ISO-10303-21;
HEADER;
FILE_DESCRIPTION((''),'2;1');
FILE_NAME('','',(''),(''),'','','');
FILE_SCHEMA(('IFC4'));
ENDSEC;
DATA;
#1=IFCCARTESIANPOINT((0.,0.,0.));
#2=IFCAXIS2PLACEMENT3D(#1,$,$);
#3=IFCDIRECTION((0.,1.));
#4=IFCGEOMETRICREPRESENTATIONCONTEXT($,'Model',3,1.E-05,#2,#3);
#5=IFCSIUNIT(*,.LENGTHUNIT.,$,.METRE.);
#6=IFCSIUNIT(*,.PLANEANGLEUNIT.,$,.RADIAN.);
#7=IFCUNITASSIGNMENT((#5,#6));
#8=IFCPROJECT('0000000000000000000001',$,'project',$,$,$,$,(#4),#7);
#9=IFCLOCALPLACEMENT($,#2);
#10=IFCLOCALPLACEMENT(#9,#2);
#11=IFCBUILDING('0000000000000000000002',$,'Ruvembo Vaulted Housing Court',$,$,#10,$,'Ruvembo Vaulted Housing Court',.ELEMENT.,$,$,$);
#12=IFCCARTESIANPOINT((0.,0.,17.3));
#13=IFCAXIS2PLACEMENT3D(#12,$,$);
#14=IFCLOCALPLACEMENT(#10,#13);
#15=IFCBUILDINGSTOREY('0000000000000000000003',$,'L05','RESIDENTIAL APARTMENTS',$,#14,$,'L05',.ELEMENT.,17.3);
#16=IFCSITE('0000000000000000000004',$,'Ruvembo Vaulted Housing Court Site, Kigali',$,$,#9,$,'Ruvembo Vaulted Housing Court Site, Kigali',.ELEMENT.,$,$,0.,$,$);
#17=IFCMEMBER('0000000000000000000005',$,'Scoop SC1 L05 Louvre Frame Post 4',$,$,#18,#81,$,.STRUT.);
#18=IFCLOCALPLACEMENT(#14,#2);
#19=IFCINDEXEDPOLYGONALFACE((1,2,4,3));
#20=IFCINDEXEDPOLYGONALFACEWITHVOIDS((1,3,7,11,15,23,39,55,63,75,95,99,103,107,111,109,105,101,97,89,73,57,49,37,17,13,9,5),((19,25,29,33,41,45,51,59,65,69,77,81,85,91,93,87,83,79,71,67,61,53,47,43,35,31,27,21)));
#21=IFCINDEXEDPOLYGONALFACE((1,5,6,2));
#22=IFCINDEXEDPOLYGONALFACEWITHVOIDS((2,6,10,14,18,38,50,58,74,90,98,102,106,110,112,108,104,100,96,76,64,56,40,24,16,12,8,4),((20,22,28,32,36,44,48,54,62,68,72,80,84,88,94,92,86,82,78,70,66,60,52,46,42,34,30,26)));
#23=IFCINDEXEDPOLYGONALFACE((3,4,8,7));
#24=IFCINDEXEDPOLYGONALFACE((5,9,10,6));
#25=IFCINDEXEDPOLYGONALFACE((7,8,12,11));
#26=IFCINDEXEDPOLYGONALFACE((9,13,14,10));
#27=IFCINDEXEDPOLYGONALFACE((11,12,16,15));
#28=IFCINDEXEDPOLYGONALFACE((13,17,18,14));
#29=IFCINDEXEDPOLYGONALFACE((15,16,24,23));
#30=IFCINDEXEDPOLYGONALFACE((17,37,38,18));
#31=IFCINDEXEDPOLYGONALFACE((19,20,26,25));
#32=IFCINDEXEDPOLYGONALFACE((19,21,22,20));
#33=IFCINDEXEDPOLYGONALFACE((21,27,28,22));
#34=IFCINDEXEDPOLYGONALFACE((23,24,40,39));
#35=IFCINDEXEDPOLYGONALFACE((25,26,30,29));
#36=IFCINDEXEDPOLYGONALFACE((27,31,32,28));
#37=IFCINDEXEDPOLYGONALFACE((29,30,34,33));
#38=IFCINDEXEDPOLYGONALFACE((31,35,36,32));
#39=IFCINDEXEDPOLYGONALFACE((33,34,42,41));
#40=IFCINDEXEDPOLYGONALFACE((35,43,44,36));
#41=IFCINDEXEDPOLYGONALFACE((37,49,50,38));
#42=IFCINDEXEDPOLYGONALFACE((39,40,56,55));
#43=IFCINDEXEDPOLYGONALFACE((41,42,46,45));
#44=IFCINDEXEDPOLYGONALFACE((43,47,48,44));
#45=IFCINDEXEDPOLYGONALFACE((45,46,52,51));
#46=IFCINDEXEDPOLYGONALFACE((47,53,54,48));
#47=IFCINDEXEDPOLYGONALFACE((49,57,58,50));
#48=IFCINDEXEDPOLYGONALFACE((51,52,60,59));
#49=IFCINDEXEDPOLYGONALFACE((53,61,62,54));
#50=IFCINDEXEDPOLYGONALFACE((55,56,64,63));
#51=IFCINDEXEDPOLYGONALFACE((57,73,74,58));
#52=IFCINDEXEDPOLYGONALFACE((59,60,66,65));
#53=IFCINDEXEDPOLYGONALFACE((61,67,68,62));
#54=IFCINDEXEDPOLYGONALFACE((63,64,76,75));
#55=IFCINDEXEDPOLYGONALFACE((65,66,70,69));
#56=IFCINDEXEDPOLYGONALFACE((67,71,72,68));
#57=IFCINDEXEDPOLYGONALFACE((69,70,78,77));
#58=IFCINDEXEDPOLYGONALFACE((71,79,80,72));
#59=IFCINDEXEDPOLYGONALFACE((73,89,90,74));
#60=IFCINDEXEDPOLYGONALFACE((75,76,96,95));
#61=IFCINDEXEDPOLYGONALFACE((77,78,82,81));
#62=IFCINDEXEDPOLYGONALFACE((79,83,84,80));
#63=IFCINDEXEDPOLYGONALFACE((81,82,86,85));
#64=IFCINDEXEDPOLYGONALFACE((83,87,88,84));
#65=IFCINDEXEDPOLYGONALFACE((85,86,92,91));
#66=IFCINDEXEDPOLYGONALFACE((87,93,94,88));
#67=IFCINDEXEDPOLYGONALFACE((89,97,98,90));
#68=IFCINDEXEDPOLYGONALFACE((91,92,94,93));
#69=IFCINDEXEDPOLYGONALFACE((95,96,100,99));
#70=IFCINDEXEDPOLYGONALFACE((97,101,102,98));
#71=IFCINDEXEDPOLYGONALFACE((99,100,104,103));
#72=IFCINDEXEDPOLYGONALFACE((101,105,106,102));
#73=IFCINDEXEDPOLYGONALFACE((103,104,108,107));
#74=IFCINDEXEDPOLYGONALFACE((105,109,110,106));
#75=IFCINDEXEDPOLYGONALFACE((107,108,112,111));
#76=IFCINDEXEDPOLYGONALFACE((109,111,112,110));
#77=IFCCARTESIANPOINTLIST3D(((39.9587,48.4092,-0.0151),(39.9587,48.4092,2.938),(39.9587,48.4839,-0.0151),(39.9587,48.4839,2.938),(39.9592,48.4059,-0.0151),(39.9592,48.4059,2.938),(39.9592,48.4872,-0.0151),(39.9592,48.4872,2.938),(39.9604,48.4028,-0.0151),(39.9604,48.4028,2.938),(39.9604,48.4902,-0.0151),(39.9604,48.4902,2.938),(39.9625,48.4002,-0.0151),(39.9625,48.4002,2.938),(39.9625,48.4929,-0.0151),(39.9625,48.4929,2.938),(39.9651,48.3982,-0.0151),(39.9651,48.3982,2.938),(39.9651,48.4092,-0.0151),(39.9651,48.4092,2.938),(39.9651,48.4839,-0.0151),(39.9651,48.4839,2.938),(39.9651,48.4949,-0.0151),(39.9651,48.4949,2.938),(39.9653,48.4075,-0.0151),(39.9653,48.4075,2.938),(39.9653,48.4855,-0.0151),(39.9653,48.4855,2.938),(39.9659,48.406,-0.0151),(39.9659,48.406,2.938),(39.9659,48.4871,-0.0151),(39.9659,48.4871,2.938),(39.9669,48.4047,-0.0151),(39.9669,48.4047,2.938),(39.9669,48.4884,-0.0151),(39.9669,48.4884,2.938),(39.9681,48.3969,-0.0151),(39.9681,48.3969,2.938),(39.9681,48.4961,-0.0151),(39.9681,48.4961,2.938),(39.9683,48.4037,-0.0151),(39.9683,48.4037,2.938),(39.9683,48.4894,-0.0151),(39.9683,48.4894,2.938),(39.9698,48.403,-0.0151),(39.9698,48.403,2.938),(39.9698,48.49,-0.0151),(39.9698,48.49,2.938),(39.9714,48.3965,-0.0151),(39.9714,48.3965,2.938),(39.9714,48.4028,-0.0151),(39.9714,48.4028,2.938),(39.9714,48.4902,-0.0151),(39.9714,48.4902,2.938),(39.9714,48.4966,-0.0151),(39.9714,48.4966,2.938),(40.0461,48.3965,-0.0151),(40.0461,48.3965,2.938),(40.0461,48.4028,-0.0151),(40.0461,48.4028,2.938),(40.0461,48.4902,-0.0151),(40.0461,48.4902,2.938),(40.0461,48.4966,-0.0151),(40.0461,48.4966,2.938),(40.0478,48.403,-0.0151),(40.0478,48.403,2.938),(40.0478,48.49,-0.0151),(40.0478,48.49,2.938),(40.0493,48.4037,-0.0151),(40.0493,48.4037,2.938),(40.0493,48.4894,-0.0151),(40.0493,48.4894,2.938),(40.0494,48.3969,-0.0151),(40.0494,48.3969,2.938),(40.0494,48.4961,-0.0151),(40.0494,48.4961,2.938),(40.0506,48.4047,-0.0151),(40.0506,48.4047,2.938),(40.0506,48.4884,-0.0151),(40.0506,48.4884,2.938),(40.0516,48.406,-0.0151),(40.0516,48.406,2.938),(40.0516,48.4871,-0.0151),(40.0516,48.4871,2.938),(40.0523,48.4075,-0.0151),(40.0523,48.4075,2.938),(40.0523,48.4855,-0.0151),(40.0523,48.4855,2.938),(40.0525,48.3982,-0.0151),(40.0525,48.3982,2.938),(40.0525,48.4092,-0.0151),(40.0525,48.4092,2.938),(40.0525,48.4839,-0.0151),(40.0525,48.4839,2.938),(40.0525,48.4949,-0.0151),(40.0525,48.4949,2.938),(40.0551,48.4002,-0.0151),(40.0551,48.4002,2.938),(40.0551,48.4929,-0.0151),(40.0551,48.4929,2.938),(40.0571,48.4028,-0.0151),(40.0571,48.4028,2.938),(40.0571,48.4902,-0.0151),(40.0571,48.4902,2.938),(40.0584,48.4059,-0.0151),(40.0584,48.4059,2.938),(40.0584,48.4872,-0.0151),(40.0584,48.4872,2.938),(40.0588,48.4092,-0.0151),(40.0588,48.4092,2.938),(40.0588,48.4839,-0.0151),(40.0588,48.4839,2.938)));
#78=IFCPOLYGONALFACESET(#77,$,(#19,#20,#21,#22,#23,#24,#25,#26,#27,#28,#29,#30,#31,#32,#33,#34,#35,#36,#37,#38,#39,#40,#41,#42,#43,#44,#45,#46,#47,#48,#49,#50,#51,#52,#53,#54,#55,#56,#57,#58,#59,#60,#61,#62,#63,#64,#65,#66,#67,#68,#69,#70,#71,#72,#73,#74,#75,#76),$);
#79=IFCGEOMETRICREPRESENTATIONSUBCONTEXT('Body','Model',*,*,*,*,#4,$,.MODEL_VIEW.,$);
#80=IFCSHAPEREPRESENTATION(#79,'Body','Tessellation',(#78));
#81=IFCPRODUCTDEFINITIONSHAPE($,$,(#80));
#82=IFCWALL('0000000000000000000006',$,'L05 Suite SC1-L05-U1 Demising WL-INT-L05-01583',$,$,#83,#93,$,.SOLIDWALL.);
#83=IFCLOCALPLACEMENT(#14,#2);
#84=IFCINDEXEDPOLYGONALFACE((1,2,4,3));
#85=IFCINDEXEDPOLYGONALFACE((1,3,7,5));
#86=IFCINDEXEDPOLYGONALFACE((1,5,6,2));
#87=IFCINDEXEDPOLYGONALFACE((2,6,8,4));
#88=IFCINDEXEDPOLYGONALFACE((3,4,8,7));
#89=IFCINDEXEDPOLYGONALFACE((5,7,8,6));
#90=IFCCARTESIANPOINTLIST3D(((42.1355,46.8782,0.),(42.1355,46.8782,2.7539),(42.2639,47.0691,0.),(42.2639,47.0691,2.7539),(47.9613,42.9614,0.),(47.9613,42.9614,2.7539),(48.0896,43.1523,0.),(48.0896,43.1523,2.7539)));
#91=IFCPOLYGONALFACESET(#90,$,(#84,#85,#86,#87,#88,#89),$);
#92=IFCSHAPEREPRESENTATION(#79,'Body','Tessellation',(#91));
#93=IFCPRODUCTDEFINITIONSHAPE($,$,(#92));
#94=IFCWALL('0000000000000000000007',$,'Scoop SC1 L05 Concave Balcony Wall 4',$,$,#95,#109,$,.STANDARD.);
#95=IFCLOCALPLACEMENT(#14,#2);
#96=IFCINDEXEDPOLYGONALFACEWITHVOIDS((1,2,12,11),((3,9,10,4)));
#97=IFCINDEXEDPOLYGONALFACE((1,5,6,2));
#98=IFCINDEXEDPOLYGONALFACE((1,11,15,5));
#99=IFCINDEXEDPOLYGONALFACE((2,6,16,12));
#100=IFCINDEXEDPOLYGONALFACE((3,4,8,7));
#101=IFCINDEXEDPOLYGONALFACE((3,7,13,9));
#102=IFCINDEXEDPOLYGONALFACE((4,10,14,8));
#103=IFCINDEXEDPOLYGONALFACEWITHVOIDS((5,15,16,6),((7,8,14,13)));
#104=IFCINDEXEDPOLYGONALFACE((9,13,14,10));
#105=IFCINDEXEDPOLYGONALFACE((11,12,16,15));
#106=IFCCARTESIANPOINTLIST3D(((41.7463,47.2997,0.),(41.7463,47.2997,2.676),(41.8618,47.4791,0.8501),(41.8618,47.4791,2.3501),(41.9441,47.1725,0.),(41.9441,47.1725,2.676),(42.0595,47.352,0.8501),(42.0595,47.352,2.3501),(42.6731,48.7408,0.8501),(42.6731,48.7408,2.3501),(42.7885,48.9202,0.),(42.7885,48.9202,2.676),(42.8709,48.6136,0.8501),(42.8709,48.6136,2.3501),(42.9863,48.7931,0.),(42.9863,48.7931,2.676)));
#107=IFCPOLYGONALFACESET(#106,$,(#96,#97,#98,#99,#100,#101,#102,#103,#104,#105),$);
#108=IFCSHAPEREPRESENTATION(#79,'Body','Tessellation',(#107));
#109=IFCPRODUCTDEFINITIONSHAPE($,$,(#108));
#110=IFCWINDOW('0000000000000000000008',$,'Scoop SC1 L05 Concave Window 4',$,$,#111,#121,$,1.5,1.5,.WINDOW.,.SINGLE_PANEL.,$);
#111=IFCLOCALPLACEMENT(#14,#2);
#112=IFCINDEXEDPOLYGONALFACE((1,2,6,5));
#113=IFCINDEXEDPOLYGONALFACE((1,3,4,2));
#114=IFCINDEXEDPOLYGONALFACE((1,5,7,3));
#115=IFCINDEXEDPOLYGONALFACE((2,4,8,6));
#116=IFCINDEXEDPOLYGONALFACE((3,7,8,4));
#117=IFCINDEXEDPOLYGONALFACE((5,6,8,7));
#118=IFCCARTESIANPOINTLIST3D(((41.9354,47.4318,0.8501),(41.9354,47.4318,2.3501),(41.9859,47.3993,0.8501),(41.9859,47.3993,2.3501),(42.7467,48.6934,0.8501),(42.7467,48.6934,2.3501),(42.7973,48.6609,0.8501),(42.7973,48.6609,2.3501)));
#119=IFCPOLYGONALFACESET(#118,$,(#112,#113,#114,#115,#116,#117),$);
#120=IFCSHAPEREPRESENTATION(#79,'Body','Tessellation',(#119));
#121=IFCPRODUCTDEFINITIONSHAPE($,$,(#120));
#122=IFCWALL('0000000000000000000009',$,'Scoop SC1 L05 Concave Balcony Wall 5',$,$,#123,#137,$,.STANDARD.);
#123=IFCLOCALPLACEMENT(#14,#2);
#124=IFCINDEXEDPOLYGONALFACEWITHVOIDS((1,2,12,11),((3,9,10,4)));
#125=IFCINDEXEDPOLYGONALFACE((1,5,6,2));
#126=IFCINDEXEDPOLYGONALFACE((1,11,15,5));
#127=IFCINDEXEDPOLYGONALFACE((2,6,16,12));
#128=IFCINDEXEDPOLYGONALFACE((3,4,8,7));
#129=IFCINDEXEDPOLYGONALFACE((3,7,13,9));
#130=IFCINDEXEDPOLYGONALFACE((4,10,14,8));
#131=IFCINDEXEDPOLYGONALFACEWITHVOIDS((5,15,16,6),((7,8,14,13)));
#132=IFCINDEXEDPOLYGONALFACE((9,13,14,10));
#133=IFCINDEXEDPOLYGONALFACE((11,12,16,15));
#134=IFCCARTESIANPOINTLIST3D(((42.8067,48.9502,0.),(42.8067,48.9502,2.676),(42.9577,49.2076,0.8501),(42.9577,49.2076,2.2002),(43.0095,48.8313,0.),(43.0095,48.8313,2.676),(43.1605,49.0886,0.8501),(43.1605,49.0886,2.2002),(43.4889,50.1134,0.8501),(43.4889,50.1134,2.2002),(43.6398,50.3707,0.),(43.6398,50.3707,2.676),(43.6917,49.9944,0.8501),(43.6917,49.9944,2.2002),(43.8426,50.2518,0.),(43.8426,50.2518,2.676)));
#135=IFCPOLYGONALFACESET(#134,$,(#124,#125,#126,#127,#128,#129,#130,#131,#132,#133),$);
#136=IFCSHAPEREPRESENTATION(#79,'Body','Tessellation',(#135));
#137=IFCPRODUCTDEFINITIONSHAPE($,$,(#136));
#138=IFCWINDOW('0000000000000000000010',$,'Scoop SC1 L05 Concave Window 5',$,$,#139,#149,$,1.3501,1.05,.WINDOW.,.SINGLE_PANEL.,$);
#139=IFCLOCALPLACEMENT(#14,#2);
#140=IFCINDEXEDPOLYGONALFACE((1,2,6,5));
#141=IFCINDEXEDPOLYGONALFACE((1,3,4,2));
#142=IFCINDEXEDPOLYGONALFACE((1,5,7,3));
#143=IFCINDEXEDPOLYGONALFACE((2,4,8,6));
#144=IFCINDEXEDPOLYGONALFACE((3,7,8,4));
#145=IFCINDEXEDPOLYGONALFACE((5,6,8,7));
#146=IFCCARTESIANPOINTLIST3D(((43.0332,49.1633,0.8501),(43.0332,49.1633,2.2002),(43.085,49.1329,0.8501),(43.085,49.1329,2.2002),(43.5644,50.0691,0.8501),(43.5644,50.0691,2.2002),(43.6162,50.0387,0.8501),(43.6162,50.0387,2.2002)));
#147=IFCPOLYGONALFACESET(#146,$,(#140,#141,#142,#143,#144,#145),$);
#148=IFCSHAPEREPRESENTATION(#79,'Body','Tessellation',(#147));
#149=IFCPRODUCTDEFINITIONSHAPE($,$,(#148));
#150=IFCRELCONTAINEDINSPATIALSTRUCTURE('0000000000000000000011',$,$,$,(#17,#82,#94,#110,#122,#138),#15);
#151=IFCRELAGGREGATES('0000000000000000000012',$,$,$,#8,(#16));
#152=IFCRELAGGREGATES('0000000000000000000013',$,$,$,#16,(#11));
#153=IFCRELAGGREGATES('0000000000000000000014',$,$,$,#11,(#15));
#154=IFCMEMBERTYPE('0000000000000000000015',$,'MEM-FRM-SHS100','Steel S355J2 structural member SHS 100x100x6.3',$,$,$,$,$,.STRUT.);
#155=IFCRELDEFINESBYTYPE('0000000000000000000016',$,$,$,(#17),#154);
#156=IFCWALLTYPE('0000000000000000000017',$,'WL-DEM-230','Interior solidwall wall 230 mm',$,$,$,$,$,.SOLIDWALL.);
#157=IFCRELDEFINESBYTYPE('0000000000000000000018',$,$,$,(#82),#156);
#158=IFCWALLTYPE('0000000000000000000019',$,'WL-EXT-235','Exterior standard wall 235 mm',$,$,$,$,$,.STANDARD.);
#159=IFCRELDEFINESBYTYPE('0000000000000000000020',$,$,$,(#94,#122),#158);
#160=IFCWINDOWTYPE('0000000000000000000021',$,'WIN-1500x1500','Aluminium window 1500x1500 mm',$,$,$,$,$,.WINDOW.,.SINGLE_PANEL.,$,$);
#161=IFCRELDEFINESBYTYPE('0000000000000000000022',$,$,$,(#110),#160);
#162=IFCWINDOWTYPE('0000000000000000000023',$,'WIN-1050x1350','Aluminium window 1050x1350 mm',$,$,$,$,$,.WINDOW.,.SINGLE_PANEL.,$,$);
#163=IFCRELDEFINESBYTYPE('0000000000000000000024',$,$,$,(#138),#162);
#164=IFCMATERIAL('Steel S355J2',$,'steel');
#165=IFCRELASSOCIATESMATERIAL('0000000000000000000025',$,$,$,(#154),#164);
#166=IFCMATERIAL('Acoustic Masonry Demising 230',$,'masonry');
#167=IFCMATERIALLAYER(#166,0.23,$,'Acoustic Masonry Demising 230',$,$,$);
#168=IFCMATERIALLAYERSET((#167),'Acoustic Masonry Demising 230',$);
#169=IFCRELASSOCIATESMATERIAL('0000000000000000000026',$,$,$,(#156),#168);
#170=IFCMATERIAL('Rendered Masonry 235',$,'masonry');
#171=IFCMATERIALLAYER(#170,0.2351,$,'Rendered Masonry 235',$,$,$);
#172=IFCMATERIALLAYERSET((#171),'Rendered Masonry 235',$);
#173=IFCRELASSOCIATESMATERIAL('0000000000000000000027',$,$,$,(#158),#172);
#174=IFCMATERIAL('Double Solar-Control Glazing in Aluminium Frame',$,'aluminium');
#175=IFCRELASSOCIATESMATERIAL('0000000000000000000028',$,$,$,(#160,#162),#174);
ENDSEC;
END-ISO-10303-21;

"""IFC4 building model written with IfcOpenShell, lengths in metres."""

from ifc_helpers import new_model, si_unit, direction, frame, frame_2d, origin, origin_2d, place, context, subcontext, project, spatial, rectangle, hollow_rectangle, extrude, material, layer, layer_set, material_profile, profile_set, type_object, element, fill, save


model = new_model("IFC4")

# Units and contexts
model_context = context("Model", 3, precision=1e-05, world=origin(), true_north=direction((0.0, 1.0)))
body_context = subcontext(model_context, "Body", "Model", "MODEL_VIEW")
ifc_project = project(units=[si_unit("LENGTHUNIT", "METRE"), si_unit("PLANEANGLEUNIT", "RADIAN")], contexts=[model_context])

# Site, building, storey
site_placement = place(None, origin())
site = spatial("IfcSite", under=ifc_project, at=site_placement, Name="Ruvembo Vaulted Housing Court Site, Kigali", LongName="Ruvembo Vaulted Housing Court Site, Kigali", CompositionType="ELEMENT", RefElevation=0.0)
building_placement = place(site_placement, origin())
building = spatial("IfcBuilding", under=site, at=building_placement, Name="Ruvembo Vaulted Housing Court", LongName="Ruvembo Vaulted Housing Court", CompositionType="ELEMENT")
storey_placement = place(building_placement, frame((0.0, 0.0, 17.3)))
storey = spatial("IfcBuildingStorey", under=building, at=storey_placement, Name="L05", Description="RESIDENTIAL APARTMENTS", LongName="L05", CompositionType="ELEMENT", Elevation=17.3)

# Shared definitions
ifc_material_1 = material(Name="Steel S355J2", Category="steel")

# Member
ifc_material_profile_1 = material_profile(ifc_material_1, hollow_rectangle(XDim=0.1001, YDim=0.1001, WallThickness=0.0063, InnerFilletRadius=0.0063, OuterFilletRadius=0.0127, at=origin_2d()), Name="SHS 100x100x6.3")
ifc_profile_set_1 = profile_set([ifc_material_profile_1], Name="Steel S355J2")
member_type_1 = type_object("IfcMemberType", Name="MEM-FRM-SHS100", Description="Steel S355J2 structural member SHS 100x100x6.3", PredefinedType="STRUT", material=ifc_profile_set_1)
for number, where, z_axis, x_axis, name in (
    (1, (40.0088, 48.4465, -0.0151), (0.0, 0.0, 1.0), (1.0, 0.0, 0.0), "Scoop SC1 L05 Louvre Frame Post 4"),
):
    element("IfcMember", number, at=place(storey_placement, frame(where, z_axis=z_axis, x_axis=x_axis)), inside=storey, type_object=member_type_1, Name=name, PredefinedType="STRUT", context=body_context, shape_type="SweptSolid", body=[
        extrude(hollow_rectangle(XDim=0.1001, YDim=0.1001, WallThickness=0.0063, InnerFilletRadius=0.0063, OuterFilletRadius=0.0127, at=origin_2d()), origin(), (0.0, 0.0, 1.0), 2.9531),
    ])

# Wall
ifc_material_2 = material(Name="Acoustic Masonry Demising 230", Category="masonry")
ifc_layer_1 = layer(ifc_material_2, 0.23, Name="Acoustic Masonry Demising 230")
ifc_layer_set_1 = layer_set([ifc_layer_1], Name="Acoustic Masonry Demising 230")
wall_type_1 = type_object("IfcWallType", Name="WL-DEM-230", Description="Interior solidwall wall 230 mm", PredefinedType="SOLIDWALL", material=ifc_layer_set_1)
wall_1_placement = place(storey_placement, frame((42.1997, 46.9736, 0.0), z_axis=(0.0, 0.0, 1.0), x_axis=(0.829877, -0.557946, 0.0)))
element("IfcWall", 2, at=wall_1_placement, inside=storey, type_object=wall_type_1, Name="L05 Suite SC1-L05-U1 Demising WL-INT-L05-01583", PredefinedType="SOLIDWALL", context=body_context, shape_type="SweptSolid", body=[
    extrude(rectangle(XDim=7.02, YDim=0.23, at=frame_2d((3.51, 0.0))), origin(), (0.0, 0.0, 1.0), 2.7539),
])

# Walls, openings, windows
ifc_material_3 = material(Name="Rendered Masonry 235", Category="masonry")
ifc_layer_2 = layer(ifc_material_3, 0.2351, Name="Rendered Masonry 235")
ifc_layer_set_2 = layer_set([ifc_layer_2], Name="Rendered Masonry 235")
wall_type_2 = type_object("IfcWallType", Name="WL-EXT-235", Description="Exterior standard wall 235 mm", PredefinedType="STANDARD", material=ifc_layer_set_2)
wall_2_placement = place(storey_placement, frame((41.8452, 47.2361, 0.0), z_axis=(0.0, 0.0, 1.0), x_axis=(0.540911, 0.84108, 0.0)))
wall_2 = element("IfcWall", 3, at=wall_2_placement, inside=storey, type_object=wall_type_2, Name="Scoop SC1 L05 Concave Balcony Wall 4", PredefinedType="STANDARD", context=body_context, shape_type="SweptSolid", body=[
    extrude(rectangle(XDim=1.9268, YDim=0.2351, at=frame_2d((0.9634, 0.0))), origin(), (0.0, 0.0, 1.0), 2.676),
])
opening_1_placement = place(wall_2_placement, frame((0.2134, 0.0, 0.8501)))
opening_1 = element("IfcOpeningElement", 4, at=opening_1_placement, cuts=wall_2, PredefinedType="OPENING", context=body_context, shape_type="SweptSolid", body=[
    extrude(rectangle(XDim=1.5, YDim=1.5, at=frame_2d((0.75, 0.75))), frame((0.0, 0.1274, 0.0), z_axis=(0.0, -1.0, 0.0), x_axis=(1.0, 0.0, 0.0)), (0.0, 0.0, 1.0), 0.2551),
])
ifc_material_4 = material(Name="Double Solar-Control Glazing in Aluminium Frame", Category="aluminium")
window_type_1 = type_object("IfcWindowType", Name="WIN-1500x1500", Description="Aluminium window 1500x1500 mm", PartitioningType="SINGLE_PANEL", PredefinedType="WINDOW", material=ifc_material_4)
window_1_placement = place(opening_1_placement, origin())
window_1 = element("IfcWindow", 5, at=window_1_placement, inside=storey, type_object=window_type_1, Name="Scoop SC1 L05 Concave Window 4", OverallHeight=1.5, OverallWidth=1.5, PartitioningType="SINGLE_PANEL", PredefinedType="WINDOW", context=body_context, shape_type="SweptSolid", body=[
    extrude(rectangle(XDim=1.5, YDim=1.5, at=frame_2d((0.75, 0.75))), frame((0.0, 0.03, 0.0), z_axis=(0.0, -1.0, 0.0), x_axis=(1.0, 0.0, 0.0)), (0.0, 0.0, 1.0), 0.0601),
])
fill(opening_1, window_1)
wall_3_placement = place(storey_placement, frame((42.9082, 48.8909, 0.0), z_axis=(0.0, 0.0, 1.0), x_axis=(0.505879, 0.862604, 0.0)))
wall_3 = element("IfcWall", 6, at=wall_3_placement, inside=storey, type_object=wall_type_2, Name="Scoop SC1 L05 Concave Balcony Wall 5", PredefinedType="STANDARD", context=body_context, shape_type="SweptSolid", body=[
    extrude(rectangle(XDim=1.6467, YDim=0.2351, at=frame_2d((0.8232, 0.0))), origin(), (0.0, 0.0, 1.0), 2.676),
])
opening_2_placement = place(wall_3_placement, frame((0.2983, 0.0, 0.8501)))
opening_2 = element("IfcOpeningElement", 7, at=opening_2_placement, cuts=wall_3, PredefinedType="OPENING", context=body_context, shape_type="SweptSolid", body=[
    extrude(rectangle(XDim=1.05, YDim=1.3501, at=frame_2d((0.5249, 0.675))), frame((0.0, 0.1274, 0.0), z_axis=(0.0, -1.0, 0.0), x_axis=(1.0, 0.0, 0.0)), (0.0, 0.0, 1.0), 0.2551),
])
window_type_2 = type_object("IfcWindowType", Name="WIN-1050x1350", Description="Aluminium window 1050x1350 mm", PartitioningType="SINGLE_PANEL", PredefinedType="WINDOW", material=ifc_material_4)
window_2_placement = place(opening_2_placement, origin())
window_2 = element("IfcWindow", 8, at=window_2_placement, inside=storey, type_object=window_type_2, Name="Scoop SC1 L05 Concave Window 5", OverallHeight=1.3501, OverallWidth=1.05, PartitioningType="SINGLE_PANEL", PredefinedType="WINDOW", context=body_context, shape_type="SweptSolid", body=[
    extrude(rectangle(XDim=1.05, YDim=1.3501, at=frame_2d((0.5249, 0.675))), frame((0.0, 0.03, 0.0), z_axis=(0.0, -1.0, 0.0), x_axis=(1.0, 0.0, 0.0)), (0.0, 0.0, 1.0), 0.0601),
])
fill(opening_2, window_2)

save(model, "model.ifc")
